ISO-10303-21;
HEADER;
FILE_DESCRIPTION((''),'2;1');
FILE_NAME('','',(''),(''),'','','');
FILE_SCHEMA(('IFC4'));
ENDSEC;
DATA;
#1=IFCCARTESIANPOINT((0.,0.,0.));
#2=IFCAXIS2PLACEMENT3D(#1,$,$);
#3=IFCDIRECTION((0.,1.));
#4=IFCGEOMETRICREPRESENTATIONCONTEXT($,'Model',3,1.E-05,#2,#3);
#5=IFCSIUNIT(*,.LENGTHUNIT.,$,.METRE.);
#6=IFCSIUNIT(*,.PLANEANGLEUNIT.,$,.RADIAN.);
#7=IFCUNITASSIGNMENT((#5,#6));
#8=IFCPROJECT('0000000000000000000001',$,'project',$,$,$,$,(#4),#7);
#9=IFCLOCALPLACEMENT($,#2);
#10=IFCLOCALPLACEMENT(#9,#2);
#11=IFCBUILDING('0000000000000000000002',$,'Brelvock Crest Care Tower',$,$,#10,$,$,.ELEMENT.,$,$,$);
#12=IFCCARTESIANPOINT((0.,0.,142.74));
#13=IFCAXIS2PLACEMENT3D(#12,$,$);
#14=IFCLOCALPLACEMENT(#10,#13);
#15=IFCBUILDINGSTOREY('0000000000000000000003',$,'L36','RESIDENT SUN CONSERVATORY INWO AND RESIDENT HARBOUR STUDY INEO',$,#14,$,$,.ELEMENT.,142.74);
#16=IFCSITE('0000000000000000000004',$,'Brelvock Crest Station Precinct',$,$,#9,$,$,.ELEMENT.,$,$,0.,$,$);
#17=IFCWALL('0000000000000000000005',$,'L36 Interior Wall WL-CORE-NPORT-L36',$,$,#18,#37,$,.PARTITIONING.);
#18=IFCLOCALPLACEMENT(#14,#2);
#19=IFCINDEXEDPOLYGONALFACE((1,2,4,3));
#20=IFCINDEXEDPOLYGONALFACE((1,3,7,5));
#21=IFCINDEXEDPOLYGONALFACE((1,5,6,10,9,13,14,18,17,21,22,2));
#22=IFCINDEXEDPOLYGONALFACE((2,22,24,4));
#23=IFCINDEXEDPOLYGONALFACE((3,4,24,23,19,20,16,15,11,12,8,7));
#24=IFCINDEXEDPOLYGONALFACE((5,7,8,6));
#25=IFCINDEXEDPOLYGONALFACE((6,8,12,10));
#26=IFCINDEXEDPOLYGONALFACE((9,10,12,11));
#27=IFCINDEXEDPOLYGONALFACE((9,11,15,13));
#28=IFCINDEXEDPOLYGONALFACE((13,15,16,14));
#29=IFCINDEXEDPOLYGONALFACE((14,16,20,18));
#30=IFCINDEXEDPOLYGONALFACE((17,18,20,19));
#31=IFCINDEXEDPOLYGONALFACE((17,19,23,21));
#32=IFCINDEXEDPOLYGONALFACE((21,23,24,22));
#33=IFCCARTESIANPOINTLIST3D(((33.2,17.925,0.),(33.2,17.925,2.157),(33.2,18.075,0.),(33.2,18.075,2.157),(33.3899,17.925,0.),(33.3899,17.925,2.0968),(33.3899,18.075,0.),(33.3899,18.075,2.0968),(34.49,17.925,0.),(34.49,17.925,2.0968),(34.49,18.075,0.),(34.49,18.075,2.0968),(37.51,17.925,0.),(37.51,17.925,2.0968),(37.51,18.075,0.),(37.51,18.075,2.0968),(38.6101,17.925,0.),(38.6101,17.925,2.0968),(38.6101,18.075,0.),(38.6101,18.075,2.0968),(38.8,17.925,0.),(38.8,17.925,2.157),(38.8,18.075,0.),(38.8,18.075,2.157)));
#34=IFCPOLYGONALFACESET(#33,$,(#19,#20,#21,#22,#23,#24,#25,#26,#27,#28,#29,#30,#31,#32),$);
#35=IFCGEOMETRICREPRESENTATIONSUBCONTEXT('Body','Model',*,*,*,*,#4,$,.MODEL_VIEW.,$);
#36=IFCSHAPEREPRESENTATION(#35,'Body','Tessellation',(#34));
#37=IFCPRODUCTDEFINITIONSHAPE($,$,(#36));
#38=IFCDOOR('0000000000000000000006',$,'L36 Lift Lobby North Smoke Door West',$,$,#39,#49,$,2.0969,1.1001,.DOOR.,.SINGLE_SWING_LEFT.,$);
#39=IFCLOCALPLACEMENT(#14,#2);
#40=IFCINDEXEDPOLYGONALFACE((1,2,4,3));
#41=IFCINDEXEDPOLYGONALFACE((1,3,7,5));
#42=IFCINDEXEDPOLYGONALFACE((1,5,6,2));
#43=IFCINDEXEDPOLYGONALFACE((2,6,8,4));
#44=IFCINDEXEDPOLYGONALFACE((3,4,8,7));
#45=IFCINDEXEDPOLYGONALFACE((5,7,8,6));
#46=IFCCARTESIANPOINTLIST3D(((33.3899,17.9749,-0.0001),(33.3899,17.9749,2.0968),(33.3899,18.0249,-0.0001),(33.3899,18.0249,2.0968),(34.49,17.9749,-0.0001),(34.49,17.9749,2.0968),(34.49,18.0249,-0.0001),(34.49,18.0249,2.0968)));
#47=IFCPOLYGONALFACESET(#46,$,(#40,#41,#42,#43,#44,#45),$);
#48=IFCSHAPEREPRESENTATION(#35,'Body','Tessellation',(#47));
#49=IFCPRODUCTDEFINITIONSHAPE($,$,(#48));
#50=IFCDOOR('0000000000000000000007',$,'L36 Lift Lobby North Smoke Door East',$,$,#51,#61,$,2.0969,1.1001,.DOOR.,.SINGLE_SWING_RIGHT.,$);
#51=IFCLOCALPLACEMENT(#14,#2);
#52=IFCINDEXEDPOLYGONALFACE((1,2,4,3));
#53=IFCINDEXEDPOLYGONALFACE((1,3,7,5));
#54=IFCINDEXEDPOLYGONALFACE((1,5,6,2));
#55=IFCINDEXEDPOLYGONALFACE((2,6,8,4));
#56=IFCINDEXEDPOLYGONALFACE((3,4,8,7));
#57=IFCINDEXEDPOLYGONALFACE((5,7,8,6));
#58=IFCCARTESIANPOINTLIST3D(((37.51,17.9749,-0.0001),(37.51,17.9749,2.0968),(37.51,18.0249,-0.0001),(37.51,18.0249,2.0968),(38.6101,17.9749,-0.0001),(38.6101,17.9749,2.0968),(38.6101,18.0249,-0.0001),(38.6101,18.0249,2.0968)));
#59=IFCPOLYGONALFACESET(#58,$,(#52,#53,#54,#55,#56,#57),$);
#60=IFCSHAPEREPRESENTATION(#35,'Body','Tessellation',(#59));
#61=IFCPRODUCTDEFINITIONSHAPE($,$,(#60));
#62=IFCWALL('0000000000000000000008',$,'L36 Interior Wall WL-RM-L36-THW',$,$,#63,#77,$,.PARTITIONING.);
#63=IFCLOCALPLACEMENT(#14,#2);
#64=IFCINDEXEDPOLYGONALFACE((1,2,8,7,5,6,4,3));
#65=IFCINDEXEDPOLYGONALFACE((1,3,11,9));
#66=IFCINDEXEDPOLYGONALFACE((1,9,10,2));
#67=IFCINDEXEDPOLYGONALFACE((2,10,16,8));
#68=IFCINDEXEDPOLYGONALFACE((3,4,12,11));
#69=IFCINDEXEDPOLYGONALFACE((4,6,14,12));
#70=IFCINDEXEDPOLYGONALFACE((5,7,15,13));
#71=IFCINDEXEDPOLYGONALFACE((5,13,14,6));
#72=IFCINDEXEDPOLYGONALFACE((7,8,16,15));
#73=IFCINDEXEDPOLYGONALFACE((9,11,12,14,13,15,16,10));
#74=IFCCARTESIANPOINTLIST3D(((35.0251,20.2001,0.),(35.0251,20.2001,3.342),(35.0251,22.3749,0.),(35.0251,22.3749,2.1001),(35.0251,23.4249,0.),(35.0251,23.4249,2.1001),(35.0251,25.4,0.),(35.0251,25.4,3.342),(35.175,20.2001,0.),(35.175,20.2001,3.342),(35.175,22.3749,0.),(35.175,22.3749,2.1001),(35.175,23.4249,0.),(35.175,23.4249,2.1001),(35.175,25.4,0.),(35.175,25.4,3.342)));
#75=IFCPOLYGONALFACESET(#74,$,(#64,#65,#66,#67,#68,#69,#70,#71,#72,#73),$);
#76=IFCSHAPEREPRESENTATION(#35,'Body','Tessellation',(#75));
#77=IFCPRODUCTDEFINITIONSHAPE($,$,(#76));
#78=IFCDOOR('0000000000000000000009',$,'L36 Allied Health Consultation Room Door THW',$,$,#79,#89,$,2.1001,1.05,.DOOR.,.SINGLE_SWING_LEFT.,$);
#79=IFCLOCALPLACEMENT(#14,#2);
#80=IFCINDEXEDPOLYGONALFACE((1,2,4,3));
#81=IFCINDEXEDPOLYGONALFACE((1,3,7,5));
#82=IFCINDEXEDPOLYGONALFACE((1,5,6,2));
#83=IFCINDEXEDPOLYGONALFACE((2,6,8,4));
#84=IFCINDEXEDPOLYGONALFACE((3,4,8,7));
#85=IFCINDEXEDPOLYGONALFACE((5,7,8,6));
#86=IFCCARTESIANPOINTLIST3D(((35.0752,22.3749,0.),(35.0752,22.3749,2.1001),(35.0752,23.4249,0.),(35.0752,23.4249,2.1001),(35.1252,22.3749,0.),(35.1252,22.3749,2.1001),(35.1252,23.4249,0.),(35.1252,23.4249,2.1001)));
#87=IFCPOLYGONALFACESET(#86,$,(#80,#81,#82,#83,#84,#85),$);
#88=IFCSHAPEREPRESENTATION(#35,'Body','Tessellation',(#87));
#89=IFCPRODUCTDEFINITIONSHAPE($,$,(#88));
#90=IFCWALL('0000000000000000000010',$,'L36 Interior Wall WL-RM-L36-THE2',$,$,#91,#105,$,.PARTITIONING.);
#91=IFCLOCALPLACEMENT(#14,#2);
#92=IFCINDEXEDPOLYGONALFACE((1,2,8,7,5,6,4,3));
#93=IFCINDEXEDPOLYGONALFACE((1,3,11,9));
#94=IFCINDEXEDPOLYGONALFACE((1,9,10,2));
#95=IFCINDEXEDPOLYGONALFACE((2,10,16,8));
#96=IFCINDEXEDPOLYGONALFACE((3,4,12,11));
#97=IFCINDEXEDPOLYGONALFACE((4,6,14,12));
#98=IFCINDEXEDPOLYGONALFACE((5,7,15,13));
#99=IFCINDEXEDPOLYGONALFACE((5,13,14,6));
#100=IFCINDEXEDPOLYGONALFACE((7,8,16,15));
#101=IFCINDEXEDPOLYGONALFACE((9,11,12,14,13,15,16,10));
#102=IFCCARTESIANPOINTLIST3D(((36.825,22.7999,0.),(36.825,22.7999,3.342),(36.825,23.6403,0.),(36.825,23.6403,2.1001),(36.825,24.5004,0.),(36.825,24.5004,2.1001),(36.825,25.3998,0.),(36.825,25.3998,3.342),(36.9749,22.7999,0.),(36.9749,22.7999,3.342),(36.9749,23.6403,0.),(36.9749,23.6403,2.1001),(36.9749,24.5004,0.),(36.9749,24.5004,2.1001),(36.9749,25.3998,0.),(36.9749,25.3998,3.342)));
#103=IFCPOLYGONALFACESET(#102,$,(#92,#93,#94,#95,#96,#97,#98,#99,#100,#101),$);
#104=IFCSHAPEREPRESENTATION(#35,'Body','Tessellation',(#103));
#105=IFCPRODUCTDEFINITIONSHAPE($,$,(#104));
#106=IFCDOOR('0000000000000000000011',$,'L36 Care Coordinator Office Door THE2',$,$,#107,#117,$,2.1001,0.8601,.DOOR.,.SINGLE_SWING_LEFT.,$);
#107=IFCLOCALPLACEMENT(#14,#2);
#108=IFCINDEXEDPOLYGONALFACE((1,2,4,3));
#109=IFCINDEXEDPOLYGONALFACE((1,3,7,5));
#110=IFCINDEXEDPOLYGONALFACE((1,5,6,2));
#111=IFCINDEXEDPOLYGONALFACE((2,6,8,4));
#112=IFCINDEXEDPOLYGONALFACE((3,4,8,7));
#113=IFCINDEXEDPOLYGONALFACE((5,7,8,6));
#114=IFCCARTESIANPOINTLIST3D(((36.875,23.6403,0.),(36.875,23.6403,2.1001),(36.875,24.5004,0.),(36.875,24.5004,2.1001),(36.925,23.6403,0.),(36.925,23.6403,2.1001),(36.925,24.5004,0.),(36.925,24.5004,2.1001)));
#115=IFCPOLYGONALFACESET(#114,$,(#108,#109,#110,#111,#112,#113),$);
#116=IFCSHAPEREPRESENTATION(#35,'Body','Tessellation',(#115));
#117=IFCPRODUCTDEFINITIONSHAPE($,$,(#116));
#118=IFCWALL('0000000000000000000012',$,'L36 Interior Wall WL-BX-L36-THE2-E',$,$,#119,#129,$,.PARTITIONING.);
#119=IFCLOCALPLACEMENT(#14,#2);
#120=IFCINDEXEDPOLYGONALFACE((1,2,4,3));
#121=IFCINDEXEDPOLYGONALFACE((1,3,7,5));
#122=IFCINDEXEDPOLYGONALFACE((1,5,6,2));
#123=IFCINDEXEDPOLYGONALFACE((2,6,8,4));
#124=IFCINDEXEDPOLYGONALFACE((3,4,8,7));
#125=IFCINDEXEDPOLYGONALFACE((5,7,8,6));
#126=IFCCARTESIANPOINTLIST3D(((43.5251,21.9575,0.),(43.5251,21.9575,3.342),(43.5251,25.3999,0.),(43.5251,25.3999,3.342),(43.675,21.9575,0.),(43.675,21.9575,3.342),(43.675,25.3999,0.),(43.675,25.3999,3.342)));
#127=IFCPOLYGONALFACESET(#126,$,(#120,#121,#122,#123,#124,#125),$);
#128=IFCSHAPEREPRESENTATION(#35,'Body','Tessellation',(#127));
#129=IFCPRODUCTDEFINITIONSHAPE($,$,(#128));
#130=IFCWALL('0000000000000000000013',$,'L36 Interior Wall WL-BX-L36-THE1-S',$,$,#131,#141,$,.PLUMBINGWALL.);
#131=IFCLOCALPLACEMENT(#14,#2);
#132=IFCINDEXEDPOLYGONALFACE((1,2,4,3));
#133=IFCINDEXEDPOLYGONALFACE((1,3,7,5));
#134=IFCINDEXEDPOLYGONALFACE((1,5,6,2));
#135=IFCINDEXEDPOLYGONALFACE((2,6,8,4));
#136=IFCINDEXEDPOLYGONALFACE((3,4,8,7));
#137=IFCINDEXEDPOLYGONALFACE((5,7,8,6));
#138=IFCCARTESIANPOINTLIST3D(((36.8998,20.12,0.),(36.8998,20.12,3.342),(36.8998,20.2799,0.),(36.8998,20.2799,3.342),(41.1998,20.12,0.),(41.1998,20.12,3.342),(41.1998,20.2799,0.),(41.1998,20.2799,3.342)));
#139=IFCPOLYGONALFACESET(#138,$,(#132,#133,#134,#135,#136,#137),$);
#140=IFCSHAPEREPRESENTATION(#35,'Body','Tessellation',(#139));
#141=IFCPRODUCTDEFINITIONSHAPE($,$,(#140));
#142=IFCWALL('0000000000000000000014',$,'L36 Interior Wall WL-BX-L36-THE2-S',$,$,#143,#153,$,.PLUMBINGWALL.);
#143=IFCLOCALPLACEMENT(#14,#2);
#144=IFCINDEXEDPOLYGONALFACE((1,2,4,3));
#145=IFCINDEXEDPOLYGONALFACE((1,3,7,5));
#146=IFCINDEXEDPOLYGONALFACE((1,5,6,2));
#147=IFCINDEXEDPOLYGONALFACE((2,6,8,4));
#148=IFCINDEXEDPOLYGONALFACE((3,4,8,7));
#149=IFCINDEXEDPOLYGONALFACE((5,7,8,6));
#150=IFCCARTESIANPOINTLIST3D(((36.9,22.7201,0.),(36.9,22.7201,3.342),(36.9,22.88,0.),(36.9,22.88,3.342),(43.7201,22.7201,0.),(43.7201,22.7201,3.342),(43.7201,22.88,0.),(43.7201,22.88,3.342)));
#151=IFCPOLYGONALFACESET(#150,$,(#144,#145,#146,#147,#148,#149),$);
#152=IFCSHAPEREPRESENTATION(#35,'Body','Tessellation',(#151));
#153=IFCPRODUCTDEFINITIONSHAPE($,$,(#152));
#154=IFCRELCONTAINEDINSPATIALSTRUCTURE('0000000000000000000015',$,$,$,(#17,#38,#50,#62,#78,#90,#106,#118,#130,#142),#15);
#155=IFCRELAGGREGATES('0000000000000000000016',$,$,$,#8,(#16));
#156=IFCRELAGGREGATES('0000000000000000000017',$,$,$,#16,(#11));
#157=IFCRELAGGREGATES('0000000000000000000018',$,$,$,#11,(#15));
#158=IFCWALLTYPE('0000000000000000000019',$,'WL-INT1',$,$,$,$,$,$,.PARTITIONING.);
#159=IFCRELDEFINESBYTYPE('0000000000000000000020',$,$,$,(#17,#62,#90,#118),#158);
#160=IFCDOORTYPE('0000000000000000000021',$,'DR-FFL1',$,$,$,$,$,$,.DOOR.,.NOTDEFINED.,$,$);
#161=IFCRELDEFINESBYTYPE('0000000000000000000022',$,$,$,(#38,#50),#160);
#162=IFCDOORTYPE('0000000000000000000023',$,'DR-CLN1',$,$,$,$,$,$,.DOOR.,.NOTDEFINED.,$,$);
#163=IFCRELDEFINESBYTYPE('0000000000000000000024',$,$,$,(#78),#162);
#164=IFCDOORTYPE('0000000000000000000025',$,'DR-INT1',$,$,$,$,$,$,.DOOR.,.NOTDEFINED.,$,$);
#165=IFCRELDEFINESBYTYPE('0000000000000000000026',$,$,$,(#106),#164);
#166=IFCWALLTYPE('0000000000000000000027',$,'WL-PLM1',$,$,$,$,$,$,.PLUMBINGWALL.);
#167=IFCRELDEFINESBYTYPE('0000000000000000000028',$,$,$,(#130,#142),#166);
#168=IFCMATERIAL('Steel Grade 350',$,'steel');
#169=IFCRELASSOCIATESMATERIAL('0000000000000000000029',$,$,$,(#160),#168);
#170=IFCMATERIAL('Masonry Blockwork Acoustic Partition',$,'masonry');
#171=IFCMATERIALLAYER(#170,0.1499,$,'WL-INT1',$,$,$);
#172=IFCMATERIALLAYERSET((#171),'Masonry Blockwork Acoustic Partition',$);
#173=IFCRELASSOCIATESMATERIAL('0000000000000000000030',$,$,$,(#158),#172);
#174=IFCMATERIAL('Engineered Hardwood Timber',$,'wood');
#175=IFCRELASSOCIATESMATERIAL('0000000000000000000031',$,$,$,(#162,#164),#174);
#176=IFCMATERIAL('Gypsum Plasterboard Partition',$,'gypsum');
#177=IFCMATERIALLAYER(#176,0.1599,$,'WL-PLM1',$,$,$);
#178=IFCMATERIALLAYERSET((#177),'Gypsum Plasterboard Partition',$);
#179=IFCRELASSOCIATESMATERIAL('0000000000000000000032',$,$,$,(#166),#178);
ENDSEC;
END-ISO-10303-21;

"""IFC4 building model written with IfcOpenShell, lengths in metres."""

from ifc_helpers import new_model, si_unit, direction, frame, frame_2d, origin, origin_2d, place, context, subcontext, project, spatial, rectangle, extrude, source, transform, mapped, material, layer, layer_set, type_object, element, fill, save


model = new_model("IFC4")

# Units and contexts
model_context = context("Model", 3, precision=1e-05, world=origin(), true_north=direction((0.0, 1.0)))
body_context = subcontext(model_context, "Body", "Model", "MODEL_VIEW")
ifc_project = project(units=[si_unit("LENGTHUNIT", "METRE"), si_unit("PLANEANGLEUNIT", "RADIAN")], contexts=[model_context])

# Site, building, storey
site_placement = place(None, origin())
site = spatial("IfcSite", under=ifc_project, at=site_placement, Name="Brelvock Crest Station Precinct", CompositionType="ELEMENT", RefElevation=0.0)
building_placement = place(site_placement, origin())
building = spatial("IfcBuilding", under=site, at=building_placement, Name="Brelvock Crest Care Tower", CompositionType="ELEMENT")
storey_placement = place(building_placement, frame((0.0, 0.0, 142.74)))
storey = spatial("IfcBuildingStorey", under=building, at=storey_placement, Name="L36", Description="RESIDENT SUN CONSERVATORY INWO AND RESIDENT HARBOUR STUDY INEO", CompositionType="ELEMENT", Elevation=142.74)

# Shared definitions
ifc_material_1 = material(Name="Steel Grade 350", Category="steel")

# Shared definitions
door_type_1 = type_object("IfcDoorType", Name="DR-FFL1", OperationType="NOTDEFINED", PredefinedType="DOOR", material=ifc_material_1)

# Wall, openings, doors
ifc_material_2 = material(Name="Masonry Blockwork Acoustic Partition", Category="masonry")
ifc_layer_1 = layer(ifc_material_2, 0.1499, Name="WL-INT1")
ifc_layer_set_1 = layer_set([ifc_layer_1], Name="Masonry Blockwork Acoustic Partition")
wall_type_1 = type_object("IfcWallType", Name="WL-INT1", PredefinedType="PARTITIONING", material=ifc_layer_set_1)
wall_1_placement = place(storey_placement, frame((33.2, 18.0, 0.0), z_axis=(0.0, 0.0, 1.0), x_axis=(1.0, 0.0, 0.0)))
wall_1 = element("IfcWall", 1, at=wall_1_placement, inside=storey, type_object=wall_type_1, Name="L36 Interior Wall WL-CORE-NPORT-L36", PredefinedType="PARTITIONING", context=body_context, shape_type="SweptSolid", body=[
    extrude(rectangle(XDim=5.6001, YDim=0.1499, at=frame_2d((2.8, 0.0))), origin(), (0.0, 0.0, 1.0), 2.157),
])
opening_1_placement = place(wall_1_placement, frame((0.1899, 0.0, 0.0)))
opening_1 = element("IfcOpeningElement", 2, at=opening_1_placement, cuts=wall_1, PredefinedType="OPENING", context=body_context, shape_type="SweptSolid", body=[
    extrude(rectangle(XDim=1.1001, YDim=2.0969, at=origin_2d()), frame((0.55, 0.085, 1.0483), z_axis=(0.0, -1.0, 0.0), x_axis=(1.0, 0.0, 0.0)), (0.0, 0.0, 1.0), 0.1699),
])
opening_2_placement = place(wall_1_placement, frame((4.3101, 0.0, 0.0)))
opening_2 = element("IfcOpeningElement", 3, at=opening_2_placement, cuts=wall_1, PredefinedType="OPENING", context=body_context, shape_type="SweptSolid", body=[
    extrude(rectangle(XDim=1.1001, YDim=2.0969, at=origin_2d()), frame((0.55, 0.085, 1.0483), z_axis=(0.0, -1.0, 0.0), x_axis=(1.0, 0.0, 0.0)), (0.0, 0.0, 1.0), 0.1699),
])
shared_shape_1 = source(origin(), body_context, "Body", "SweptSolid", [
    extrude(rectangle(XDim=1.1001, YDim=2.0969, at=origin_2d()), frame((0.55, 0.0249, 1.0483), z_axis=(0.0, -1.0, 0.0), x_axis=(1.0, 0.0, 0.0)), (0.0, 0.0, 1.0), 0.05),
])
door_1_placement = place(opening_1_placement, origin())
door_1 = element("IfcDoor", 4, at=door_1_placement, inside=storey, type_object=door_type_1, Name="L36 Lift Lobby North Smoke Door West", OperationType="SINGLE_SWING_LEFT", OverallHeight=2.0969, OverallWidth=1.1001, PredefinedType="DOOR", context=body_context, shape_type="MappedRepresentation", body=[
    mapped(shared_shape_1, transform((0.0, 0.0, 0.0), x_axis=(1.0, 0.0, 0.0), y_axis=(0.0, 1.0, 0.0), z_axis=(0.0, 0.0, 1.0), scale=1.0)),
])
fill(opening_1, door_1)
door_2_placement = place(opening_2_placement, origin())
door_2 = element("IfcDoor", 5, at=door_2_placement, inside=storey, type_object=door_type_1, Name="L36 Lift Lobby North Smoke Door East", OperationType="SINGLE_SWING_RIGHT", OverallHeight=2.0969, OverallWidth=1.1001, PredefinedType="DOOR", context=body_context, shape_type="MappedRepresentation", body=[
    mapped(shared_shape_1, transform((0.0, 0.0, 0.0), x_axis=(1.0, 0.0, 0.0), y_axis=(0.0, 1.0, 0.0), z_axis=(0.0, 0.0, 1.0), scale=1.0)),
])
fill(opening_2, door_2)

# Walls, openings, doors
wall_2_placement = place(storey_placement, frame((35.1001, 20.2, 0.0), z_axis=(0.0, 0.0, 1.0), x_axis=(0.0, 1.0, 0.0)))
wall_2 = element("IfcWall", 6, at=wall_2_placement, inside=storey, type_object=wall_type_1, Name="L36 Interior Wall WL-RM-L36-THW", PredefinedType="PARTITIONING", context=body_context, shape_type="SweptSolid", body=[
    extrude(rectangle(XDim=5.2, YDim=0.1499, at=frame_2d((2.6001, 0.0))), origin(), (0.0, 0.0, 1.0), 3.342),
])
opening_3_placement = place(wall_2_placement, frame((2.175, 0.0, 0.0)))
opening_3 = element("IfcOpeningElement", 7, at=opening_3_placement, cuts=wall_2, PredefinedType="OPENING", context=body_context, shape_type="SweptSolid", body=[
    extrude(rectangle(XDim=1.05, YDim=2.1001, at=origin_2d()), frame((0.5249, 0.085, 1.05), z_axis=(0.0, -1.0, 0.0), x_axis=(1.0, 0.0, 0.0)), (0.0, 0.0, 1.0), 0.1699),
])
ifc_material_3 = material(Name="Engineered Hardwood Timber", Category="wood")
door_type_2 = type_object("IfcDoorType", Name="DR-CLN1", OperationType="NOTDEFINED", PredefinedType="DOOR", material=ifc_material_3)
shared_shape_2 = source(origin(), body_context, "Body", "SweptSolid", [
    extrude(rectangle(XDim=1.05, YDim=2.1001, at=origin_2d()), frame((0.5249, 0.0249, 1.05), z_axis=(0.0, -1.0, 0.0), x_axis=(1.0, 0.0, 0.0)), (0.0, 0.0, 1.0), 0.05),
])
door_3_placement = place(opening_3_placement, origin())
door_3 = element("IfcDoor", 8, at=door_3_placement, inside=storey, type_object=door_type_2, Name="L36 Allied Health Consultation Room Door THW", OperationType="SINGLE_SWING_LEFT", OverallHeight=2.1001, OverallWidth=1.05, PredefinedType="DOOR", context=body_context, shape_type="MappedRepresentation", body=[
    mapped(shared_shape_2, transform((0.0, 0.0, 0.0), x_axis=(1.0, 0.0, 0.0), y_axis=(0.0, 1.0, 0.0), z_axis=(0.0, 0.0, 1.0), scale=1.0)),
])
fill(opening_3, door_3)
wall_3_placement = place(storey_placement, frame((36.8999, 22.8, 0.0), z_axis=(0.0, 0.0, 1.0), x_axis=(0.0, 1.0, 0.0)))
wall_3 = element("IfcWall", 9, at=wall_3_placement, inside=storey, type_object=wall_type_1, Name="L36 Interior Wall WL-RM-L36-THE2", PredefinedType="PARTITIONING", context=body_context, shape_type="SweptSolid", body=[
    extrude(rectangle(XDim=2.5999, YDim=0.1499, at=frame_2d((1.2998, 0.0))), origin(), (0.0, 0.0, 1.0), 3.342),
])
opening_4_placement = place(wall_3_placement, frame((0.8401, 0.0, 0.0)))
opening_4 = element("IfcOpeningElement", 10, at=opening_4_placement, cuts=wall_3, PredefinedType="OPENING", context=body_context, shape_type="SweptSolid", body=[
    extrude(rectangle(XDim=0.8601, YDim=2.1001, at=origin_2d()), frame((0.4302, 0.085, 1.05), z_axis=(0.0, -1.0, 0.0), x_axis=(1.0, 0.0, 0.0)), (0.0, 0.0, 1.0), 0.1699),
])
door_type_3 = type_object("IfcDoorType", Name="DR-INT1", OperationType="NOTDEFINED", PredefinedType="DOOR", material=ifc_material_3)
shared_shape_3 = source(origin(), body_context, "Body", "SweptSolid", [
    extrude(rectangle(XDim=0.8601, YDim=2.1001, at=origin_2d()), frame((0.4302, 0.0249, 1.05), z_axis=(0.0, -1.0, 0.0), x_axis=(1.0, 0.0, 0.0)), (0.0, 0.0, 1.0), 0.05),
])
door_4_placement = place(opening_4_placement, origin())
door_4 = element("IfcDoor", 11, at=door_4_placement, inside=storey, type_object=door_type_3, Name="L36 Care Coordinator Office Door THE2", OperationType="SINGLE_SWING_LEFT", OverallHeight=2.1001, OverallWidth=0.8601, PredefinedType="DOOR", context=body_context, shape_type="MappedRepresentation", body=[
    mapped(shared_shape_3, transform((0.0, 0.0, 0.0), x_axis=(1.0, 0.0, 0.0), y_axis=(0.0, 1.0, 0.0), z_axis=(0.0, 0.0, 1.0), scale=1.0)),
])
fill(opening_4, door_4)

# Walls
wall_4_placement = place(storey_placement, frame((43.6001, 21.9575, 0.0), z_axis=(0.0, 0.0, 1.0), x_axis=(0.0, 1.0, 0.0)))
element("IfcWall", 12, at=wall_4_placement, inside=storey, type_object=wall_type_1, Name="L36 Interior Wall WL-BX-L36-THE2-E", PredefinedType="PARTITIONING", context=body_context, shape_type="SweptSolid", body=[
    extrude(rectangle(XDim=3.4424, YDim=0.1499, at=frame_2d((1.7212, 0.0))), origin(), (0.0, 0.0, 1.0), 3.342),
])
ifc_material_4 = material(Name="Gypsum Plasterboard Partition", Category="gypsum")
ifc_layer_2 = layer(ifc_material_4, 0.1599, Name="WL-PLM1")
ifc_layer_set_2 = layer_set([ifc_layer_2], Name="Gypsum Plasterboard Partition")
wall_type_2 = type_object("IfcWallType", Name="WL-PLM1", PredefinedType="PLUMBINGWALL", material=ifc_layer_set_2)
wall_5_placement = place(storey_placement, frame((36.8999, 20.2, 0.0), z_axis=(0.0, 0.0, 1.0), x_axis=(1.0, 0.0, 0.0)))
element("IfcWall", 13, at=wall_5_placement, inside=storey, type_object=wall_type_2, Name="L36 Interior Wall WL-BX-L36-THE1-S", PredefinedType="PLUMBINGWALL", context=body_context, shape_type="SweptSolid", body=[
    extrude(rectangle(XDim=4.3, YDim=0.1599, at=frame_2d((2.1499, 0.0))), origin(), (0.0, 0.0, 1.0), 3.342),
])
wall_6_placement = place(storey_placement, frame((36.8999, 22.8, 0.0), z_axis=(0.0, 0.0, 1.0), x_axis=(1.0, 0.0, 0.0)))
element("IfcWall", 14, at=wall_6_placement, inside=storey, type_object=wall_type_2, Name="L36 Interior Wall WL-BX-L36-THE2-S", PredefinedType="PLUMBINGWALL", context=body_context, shape_type="SweptSolid", body=[
    extrude(rectangle(XDim=6.8201, YDim=0.1599, at=frame_2d((3.4102, 0.0))), origin(), (0.0, 0.0, 1.0), 3.342),
])

save(model, "model.ifc")
